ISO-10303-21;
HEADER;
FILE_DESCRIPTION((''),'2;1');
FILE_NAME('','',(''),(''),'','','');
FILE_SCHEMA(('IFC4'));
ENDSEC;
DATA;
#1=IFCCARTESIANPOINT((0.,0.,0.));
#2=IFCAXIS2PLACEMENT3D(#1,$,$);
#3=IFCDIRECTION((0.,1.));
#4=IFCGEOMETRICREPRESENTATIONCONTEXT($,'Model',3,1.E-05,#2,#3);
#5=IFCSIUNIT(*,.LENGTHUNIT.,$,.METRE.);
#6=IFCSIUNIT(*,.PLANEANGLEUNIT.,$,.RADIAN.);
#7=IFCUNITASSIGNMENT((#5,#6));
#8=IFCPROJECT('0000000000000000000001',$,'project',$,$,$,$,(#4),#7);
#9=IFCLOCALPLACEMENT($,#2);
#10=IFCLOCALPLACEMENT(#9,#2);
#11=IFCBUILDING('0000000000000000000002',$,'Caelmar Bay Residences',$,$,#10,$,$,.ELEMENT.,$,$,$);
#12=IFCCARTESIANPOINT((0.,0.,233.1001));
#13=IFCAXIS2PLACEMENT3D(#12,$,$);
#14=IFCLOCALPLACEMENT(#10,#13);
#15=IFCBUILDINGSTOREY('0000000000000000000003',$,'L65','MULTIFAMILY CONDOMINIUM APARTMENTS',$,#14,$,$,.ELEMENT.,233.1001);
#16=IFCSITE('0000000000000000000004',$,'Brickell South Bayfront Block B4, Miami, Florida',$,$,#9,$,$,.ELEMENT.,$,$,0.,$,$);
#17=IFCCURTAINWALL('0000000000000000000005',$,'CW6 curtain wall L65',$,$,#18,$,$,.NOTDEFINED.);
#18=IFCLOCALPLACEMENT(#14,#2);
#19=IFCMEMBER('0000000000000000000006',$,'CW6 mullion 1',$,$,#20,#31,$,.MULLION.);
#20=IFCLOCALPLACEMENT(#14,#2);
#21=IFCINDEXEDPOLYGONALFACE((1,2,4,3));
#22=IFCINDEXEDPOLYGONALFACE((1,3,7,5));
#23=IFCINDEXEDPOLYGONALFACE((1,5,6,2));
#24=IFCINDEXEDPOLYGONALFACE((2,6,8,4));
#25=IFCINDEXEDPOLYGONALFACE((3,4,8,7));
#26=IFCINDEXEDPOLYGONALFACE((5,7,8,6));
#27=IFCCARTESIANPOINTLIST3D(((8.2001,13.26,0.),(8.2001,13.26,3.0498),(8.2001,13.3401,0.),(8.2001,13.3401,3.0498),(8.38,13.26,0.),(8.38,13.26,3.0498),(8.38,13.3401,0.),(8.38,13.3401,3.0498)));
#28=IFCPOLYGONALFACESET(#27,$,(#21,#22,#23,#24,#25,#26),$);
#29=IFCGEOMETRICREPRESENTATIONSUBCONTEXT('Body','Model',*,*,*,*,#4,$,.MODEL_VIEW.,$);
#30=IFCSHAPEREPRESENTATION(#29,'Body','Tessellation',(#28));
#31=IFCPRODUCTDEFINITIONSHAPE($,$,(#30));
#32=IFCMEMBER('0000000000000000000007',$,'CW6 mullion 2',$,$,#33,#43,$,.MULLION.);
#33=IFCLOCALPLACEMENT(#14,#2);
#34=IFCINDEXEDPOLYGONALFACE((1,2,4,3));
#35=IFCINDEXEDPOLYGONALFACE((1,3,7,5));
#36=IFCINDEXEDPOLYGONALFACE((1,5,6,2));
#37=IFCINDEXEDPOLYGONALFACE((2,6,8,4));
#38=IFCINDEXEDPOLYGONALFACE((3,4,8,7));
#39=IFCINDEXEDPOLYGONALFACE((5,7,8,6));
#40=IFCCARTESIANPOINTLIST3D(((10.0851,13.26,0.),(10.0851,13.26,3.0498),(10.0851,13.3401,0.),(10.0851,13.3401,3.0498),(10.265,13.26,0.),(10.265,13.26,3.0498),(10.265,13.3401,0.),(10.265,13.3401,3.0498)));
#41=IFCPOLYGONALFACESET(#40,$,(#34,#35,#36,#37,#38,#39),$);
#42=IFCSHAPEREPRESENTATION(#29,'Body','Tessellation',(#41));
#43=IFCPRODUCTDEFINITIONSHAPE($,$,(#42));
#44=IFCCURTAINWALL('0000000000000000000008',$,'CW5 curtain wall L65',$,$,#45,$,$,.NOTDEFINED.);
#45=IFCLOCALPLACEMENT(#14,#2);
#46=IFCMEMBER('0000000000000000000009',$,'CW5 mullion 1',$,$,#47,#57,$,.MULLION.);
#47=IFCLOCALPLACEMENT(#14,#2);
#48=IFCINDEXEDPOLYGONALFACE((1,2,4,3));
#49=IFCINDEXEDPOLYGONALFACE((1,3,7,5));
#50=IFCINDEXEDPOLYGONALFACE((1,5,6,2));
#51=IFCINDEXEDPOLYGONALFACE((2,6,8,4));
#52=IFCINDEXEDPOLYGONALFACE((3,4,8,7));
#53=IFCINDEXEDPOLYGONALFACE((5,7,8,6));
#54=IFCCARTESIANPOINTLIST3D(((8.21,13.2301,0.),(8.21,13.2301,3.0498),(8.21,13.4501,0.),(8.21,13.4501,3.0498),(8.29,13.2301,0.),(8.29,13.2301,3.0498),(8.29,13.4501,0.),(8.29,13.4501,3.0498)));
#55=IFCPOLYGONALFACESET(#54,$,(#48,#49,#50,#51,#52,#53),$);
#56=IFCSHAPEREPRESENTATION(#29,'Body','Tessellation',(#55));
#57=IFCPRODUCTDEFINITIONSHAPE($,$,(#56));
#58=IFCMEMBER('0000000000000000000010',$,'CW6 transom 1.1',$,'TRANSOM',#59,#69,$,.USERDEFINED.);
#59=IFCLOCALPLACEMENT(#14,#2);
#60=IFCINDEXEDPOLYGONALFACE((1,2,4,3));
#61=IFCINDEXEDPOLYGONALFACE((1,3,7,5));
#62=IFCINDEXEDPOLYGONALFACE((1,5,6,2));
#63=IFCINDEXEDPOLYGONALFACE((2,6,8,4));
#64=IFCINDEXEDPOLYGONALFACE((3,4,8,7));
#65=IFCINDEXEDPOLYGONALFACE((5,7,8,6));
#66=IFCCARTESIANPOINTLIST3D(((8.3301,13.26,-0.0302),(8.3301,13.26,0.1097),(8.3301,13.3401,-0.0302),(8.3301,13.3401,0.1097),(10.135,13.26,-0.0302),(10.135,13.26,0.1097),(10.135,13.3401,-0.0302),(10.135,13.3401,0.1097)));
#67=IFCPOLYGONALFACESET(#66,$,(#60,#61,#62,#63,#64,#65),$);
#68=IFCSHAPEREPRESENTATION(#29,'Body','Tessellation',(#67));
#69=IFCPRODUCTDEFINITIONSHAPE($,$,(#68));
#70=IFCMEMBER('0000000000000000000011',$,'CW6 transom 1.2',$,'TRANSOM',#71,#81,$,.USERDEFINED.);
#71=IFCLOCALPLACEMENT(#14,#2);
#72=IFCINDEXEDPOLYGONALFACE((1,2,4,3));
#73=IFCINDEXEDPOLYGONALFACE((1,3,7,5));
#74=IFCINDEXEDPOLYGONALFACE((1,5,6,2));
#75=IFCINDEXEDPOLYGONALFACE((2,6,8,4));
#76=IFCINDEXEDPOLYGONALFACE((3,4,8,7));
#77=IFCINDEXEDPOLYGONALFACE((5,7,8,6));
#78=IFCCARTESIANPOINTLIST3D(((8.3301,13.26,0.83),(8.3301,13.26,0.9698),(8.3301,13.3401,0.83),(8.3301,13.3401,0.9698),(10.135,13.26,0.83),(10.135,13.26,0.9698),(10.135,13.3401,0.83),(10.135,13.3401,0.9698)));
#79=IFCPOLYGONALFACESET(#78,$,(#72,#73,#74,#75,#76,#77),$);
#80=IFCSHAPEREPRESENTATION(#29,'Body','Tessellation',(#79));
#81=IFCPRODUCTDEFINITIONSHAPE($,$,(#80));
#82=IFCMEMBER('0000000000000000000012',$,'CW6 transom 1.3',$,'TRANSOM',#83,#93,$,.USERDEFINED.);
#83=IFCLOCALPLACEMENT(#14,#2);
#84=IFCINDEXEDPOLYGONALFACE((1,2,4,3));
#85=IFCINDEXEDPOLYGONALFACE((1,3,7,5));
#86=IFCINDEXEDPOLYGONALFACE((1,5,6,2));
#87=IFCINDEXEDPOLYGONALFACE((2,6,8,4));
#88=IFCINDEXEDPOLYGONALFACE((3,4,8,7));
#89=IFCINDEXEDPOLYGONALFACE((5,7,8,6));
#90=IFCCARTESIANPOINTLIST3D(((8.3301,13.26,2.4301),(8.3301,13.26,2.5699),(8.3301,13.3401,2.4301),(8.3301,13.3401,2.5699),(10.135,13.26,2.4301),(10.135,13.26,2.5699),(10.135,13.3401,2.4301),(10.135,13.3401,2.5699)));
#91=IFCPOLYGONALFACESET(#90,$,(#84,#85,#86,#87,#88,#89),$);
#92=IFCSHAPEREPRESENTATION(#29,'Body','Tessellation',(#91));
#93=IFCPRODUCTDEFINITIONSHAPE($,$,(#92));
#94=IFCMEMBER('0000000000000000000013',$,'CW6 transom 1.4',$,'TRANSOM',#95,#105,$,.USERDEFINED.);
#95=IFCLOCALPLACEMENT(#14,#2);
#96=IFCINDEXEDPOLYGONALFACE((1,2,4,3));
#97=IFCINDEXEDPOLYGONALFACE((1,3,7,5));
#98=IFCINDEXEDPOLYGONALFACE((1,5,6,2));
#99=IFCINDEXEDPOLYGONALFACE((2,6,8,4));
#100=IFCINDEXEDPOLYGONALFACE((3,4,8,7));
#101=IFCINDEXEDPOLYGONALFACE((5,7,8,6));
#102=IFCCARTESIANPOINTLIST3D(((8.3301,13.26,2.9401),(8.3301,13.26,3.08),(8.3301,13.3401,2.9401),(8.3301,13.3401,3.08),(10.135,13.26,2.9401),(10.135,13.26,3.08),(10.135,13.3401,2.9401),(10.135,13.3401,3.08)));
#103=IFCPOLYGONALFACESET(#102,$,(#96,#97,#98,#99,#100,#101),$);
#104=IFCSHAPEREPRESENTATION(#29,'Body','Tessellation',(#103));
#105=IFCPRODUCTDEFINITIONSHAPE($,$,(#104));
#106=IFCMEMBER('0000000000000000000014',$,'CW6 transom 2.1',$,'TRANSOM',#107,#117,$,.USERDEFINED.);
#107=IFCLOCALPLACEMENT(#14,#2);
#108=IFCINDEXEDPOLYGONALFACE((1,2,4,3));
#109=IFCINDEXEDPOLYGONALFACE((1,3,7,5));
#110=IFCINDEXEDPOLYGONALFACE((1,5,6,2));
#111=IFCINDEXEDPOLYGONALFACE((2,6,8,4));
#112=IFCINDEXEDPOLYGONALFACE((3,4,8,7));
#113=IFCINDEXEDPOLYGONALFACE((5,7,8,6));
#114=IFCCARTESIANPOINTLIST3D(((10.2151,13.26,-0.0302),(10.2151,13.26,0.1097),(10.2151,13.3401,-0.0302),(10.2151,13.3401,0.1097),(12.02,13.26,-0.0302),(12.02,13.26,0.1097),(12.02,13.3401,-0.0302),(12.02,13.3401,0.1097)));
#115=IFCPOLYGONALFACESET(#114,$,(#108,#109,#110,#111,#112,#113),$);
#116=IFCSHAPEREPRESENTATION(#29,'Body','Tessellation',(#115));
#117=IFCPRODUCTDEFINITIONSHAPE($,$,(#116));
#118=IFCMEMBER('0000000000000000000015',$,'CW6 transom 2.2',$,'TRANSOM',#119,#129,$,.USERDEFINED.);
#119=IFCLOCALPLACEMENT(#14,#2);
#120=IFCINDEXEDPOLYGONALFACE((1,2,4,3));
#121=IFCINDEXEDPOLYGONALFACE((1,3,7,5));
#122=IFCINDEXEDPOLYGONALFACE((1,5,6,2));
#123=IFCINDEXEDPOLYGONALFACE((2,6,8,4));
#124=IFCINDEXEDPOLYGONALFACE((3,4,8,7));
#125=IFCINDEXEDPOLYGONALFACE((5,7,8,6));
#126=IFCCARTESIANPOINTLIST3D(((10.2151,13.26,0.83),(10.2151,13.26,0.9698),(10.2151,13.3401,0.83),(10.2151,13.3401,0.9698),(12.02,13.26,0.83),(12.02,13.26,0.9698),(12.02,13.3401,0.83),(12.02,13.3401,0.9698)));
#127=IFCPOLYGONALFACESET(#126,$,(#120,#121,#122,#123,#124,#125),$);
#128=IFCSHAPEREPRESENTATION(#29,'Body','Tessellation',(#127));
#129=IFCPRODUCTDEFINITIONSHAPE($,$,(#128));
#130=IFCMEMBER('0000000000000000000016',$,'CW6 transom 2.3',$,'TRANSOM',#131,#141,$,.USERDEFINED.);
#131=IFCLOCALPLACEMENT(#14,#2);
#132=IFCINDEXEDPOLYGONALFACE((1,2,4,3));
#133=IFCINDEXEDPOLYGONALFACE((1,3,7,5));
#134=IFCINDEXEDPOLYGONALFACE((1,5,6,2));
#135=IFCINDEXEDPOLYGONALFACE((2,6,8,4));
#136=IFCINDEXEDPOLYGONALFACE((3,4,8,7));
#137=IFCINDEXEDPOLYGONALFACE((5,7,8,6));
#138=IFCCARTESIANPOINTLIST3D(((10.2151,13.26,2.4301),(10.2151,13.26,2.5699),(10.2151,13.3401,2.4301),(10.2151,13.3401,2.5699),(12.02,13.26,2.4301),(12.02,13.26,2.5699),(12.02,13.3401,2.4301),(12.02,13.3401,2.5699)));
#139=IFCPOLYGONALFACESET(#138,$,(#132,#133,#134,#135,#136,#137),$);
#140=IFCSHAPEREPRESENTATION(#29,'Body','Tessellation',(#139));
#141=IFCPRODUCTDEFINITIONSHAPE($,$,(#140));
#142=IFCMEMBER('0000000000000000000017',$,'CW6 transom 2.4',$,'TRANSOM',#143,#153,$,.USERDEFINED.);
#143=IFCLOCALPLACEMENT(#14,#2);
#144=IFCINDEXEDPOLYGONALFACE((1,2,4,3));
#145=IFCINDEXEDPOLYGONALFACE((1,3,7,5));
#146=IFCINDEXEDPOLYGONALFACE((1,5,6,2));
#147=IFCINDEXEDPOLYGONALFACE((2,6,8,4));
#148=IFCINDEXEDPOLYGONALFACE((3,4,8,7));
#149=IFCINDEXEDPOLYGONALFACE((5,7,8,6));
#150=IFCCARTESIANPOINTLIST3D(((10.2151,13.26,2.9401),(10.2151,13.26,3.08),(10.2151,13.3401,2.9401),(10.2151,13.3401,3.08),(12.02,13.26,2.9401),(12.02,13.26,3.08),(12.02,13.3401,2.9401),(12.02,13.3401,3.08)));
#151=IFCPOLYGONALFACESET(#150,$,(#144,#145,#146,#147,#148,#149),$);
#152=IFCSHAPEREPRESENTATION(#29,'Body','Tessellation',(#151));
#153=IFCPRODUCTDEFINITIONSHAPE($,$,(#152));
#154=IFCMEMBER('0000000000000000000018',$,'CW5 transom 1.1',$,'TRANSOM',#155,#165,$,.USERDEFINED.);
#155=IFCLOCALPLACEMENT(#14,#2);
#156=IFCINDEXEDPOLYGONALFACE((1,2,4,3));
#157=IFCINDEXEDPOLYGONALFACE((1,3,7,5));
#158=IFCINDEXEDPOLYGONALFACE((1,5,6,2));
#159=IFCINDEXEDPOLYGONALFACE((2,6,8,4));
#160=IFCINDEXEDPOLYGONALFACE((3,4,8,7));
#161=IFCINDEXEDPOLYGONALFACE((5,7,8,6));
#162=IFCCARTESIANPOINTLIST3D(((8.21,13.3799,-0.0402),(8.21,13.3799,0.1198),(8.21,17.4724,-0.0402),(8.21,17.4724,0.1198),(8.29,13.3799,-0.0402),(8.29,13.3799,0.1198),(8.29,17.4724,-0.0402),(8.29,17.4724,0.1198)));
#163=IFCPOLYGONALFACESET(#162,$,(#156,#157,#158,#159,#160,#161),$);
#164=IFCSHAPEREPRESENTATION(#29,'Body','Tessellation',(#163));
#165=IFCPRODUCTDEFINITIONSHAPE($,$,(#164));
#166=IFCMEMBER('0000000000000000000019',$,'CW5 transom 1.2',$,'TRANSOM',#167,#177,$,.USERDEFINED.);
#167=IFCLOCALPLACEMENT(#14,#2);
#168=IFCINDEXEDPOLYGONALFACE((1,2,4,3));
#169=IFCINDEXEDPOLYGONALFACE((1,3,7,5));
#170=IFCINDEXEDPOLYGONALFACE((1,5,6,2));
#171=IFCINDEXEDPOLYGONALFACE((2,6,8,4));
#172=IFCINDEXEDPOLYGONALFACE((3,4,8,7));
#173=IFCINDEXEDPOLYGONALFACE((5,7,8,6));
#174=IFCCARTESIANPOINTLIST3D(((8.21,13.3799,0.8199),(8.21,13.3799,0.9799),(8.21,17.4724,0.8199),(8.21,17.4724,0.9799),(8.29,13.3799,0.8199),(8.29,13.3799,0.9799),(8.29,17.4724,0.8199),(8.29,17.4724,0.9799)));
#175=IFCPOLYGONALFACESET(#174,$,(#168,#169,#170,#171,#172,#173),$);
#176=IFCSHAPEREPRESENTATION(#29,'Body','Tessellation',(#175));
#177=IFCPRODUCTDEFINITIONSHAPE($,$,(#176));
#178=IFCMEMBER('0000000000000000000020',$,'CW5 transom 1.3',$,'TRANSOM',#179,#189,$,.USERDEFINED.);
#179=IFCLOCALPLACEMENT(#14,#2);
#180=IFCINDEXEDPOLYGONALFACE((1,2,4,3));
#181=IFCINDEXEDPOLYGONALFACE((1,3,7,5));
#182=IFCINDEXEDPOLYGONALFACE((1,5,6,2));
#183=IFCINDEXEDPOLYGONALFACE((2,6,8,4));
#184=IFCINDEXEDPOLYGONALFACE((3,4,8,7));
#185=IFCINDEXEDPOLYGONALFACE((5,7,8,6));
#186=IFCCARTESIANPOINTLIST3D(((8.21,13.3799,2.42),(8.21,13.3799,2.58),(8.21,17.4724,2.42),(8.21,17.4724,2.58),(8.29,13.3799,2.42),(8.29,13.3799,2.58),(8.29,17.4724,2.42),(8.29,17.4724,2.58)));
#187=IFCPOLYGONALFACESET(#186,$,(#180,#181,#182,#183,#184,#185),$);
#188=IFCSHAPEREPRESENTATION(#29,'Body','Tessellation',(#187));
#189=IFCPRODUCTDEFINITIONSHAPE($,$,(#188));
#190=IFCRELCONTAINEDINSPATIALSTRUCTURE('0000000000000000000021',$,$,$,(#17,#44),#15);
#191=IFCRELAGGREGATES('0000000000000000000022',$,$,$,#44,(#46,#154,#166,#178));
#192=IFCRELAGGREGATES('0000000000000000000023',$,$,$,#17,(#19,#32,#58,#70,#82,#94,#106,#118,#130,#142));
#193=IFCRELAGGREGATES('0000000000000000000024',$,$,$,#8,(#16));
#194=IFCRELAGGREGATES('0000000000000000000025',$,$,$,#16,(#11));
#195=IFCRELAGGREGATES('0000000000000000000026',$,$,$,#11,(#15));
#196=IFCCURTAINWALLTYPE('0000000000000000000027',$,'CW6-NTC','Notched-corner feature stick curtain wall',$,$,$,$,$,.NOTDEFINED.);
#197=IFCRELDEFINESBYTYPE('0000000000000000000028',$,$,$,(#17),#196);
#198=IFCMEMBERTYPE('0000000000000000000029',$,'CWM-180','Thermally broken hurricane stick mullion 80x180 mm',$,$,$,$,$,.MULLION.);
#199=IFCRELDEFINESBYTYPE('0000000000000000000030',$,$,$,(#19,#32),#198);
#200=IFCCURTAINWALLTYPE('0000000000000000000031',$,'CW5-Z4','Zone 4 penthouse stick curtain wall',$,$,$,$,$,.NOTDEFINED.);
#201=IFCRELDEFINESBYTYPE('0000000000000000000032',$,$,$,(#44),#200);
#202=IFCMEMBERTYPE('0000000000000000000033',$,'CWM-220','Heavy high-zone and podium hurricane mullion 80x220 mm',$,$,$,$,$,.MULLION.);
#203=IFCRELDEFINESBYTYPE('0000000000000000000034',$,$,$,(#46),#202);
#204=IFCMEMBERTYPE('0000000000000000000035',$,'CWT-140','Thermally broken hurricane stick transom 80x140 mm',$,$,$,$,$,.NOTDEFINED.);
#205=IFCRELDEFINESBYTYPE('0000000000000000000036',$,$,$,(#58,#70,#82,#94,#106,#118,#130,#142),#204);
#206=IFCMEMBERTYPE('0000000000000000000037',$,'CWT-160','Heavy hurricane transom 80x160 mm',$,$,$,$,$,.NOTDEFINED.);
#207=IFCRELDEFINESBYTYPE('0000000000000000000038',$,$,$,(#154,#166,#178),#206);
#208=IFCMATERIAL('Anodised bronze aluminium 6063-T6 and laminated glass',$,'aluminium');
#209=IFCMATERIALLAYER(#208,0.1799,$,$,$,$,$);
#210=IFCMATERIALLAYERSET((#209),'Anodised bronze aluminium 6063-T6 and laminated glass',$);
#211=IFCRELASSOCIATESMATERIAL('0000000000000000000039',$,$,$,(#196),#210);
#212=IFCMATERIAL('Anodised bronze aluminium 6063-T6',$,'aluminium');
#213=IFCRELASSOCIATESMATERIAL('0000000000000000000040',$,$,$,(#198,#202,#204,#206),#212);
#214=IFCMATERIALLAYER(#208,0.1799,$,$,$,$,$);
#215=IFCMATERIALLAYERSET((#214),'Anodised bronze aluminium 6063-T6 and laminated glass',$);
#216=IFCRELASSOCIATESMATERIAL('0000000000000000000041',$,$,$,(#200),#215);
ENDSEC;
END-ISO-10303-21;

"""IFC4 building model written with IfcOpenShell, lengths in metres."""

from ifc_helpers import new_model, si_unit, direction, frame, origin, origin_2d, place, context, subcontext, project, spatial, rectangle, extrude, material, layer, layer_set, material_profile, profile_set, type_object, element, aggregate, save


model = new_model("IFC4")

# Units and contexts
model_context = context("Model", 3, precision=1e-05, world=origin(), true_north=direction((0.0, 1.0)))
body_context = subcontext(model_context, "Body", "Model", "MODEL_VIEW")
ifc_project = project(units=[si_unit("LENGTHUNIT", "METRE"), si_unit("PLANEANGLEUNIT", "RADIAN")], contexts=[model_context])

# Site, building, storey
site_placement = place(None, origin())
site = spatial("IfcSite", under=ifc_project, at=site_placement, Name="Brickell South Bayfront Block B4, Miami, Florida", CompositionType="ELEMENT", RefElevation=0.0)
building_placement = place(site_placement, origin())
building = spatial("IfcBuilding", under=site, at=building_placement, Name="Caelmar Bay Residences", CompositionType="ELEMENT")
storey_placement = place(building_placement, frame((0.0, 0.0, 233.1001)))
storey = spatial("IfcBuildingStorey", under=building, at=storey_placement, Name="L65", Description="MULTIFAMILY CONDOMINIUM APARTMENTS", CompositionType="ELEMENT", Elevation=233.1001)

# Curtain wall, members
ifc_material_1 = material(Name="Anodised bronze aluminium 6063-T6 and laminated glass", Category="aluminium")
ifc_layer_1 = layer(ifc_material_1, 0.1799)
ifc_layer_set_1 = layer_set([ifc_layer_1], Name="Anodised bronze aluminium 6063-T6 and laminated glass")
curtain_wall_type_1 = type_object("IfcCurtainWallType", Name="CW6-NTC", Description="Notched-corner feature stick curtain wall", PredefinedType="NOTDEFINED", material=ifc_layer_set_1)
curtain_wall_1_placement = place(storey_placement, origin())
curtain_wall_1 = element("IfcCurtainWall", 1, at=curtain_wall_1_placement, inside=storey, type_object=curtain_wall_type_1, Name="CW6 curtain wall L65", PredefinedType="NOTDEFINED")
ifc_material_2 = material(Name="Anodised bronze aluminium 6063-T6", Category="aluminium")
ifc_material_profile_1 = material_profile(ifc_material_2, rectangle(XDim=0.0801, YDim=0.1799, at=origin_2d()), Name="CWM-80X180")
ifc_profile_set_1 = profile_set([ifc_material_profile_1], Name="Anodised bronze aluminium 6063-T6")
member_type_1 = type_object("IfcMemberType", Name="CWM-180", Description="Thermally broken hurricane stick mullion 80x180 mm", PredefinedType="MULLION", material=ifc_profile_set_1)
member_1_placement = place(storey_placement, frame((8.29, 13.3, 0.0), z_axis=(0.0, 0.0, 1.0), x_axis=(0.0, 1.0, 0.0)))
member_1 = element("IfcMember", 2, at=member_1_placement, type_object=member_type_1, Name="CW6 mullion 1", PredefinedType="MULLION", context=body_context, shape_type="SweptSolid", body=[
    extrude(rectangle(XDim=0.0801, YDim=0.1799, at=origin_2d()), origin(), (0.0, 0.0, 1.0), 3.0498),
])
member_2_placement = place(storey_placement, frame((10.175, 13.3, 0.0), z_axis=(0.0, 0.0, 1.0), x_axis=(0.0, 1.0, 0.0)))
member_2 = element("IfcMember", 3, at=member_2_placement, type_object=member_type_1, Name="CW6 mullion 2", PredefinedType="MULLION", context=body_context, shape_type="SweptSolid", body=[
    extrude(rectangle(XDim=0.0801, YDim=0.1799, at=origin_2d()), origin(), (0.0, 0.0, 1.0), 3.0498),
])

# Curtain wall, member
ifc_layer_2 = layer(ifc_material_1, 0.1799)
ifc_layer_set_2 = layer_set([ifc_layer_2], Name="Anodised bronze aluminium 6063-T6 and laminated glass")
curtain_wall_type_2 = type_object("IfcCurtainWallType", Name="CW5-Z4", Description="Zone 4 penthouse stick curtain wall", PredefinedType="NOTDEFINED", material=ifc_layer_set_2)
curtain_wall_2_placement = place(storey_placement, origin())
curtain_wall_2 = element("IfcCurtainWall", 4, at=curtain_wall_2_placement, inside=storey, type_object=curtain_wall_type_2, Name="CW5 curtain wall L65", PredefinedType="NOTDEFINED")
ifc_material_profile_2 = material_profile(ifc_material_2, rectangle(XDim=0.0801, YDim=0.22, at=origin_2d()), Name="CWM-80X220")
ifc_profile_set_2 = profile_set([ifc_material_profile_2], Name="Anodised bronze aluminium 6063-T6")
member_type_2 = type_object("IfcMemberType", Name="CWM-220", Description="Heavy high-zone and podium hurricane mullion 80x220 mm", PredefinedType="MULLION", material=ifc_profile_set_2)
member_3_placement = place(storey_placement, frame((8.25, 13.3401, 0.0), z_axis=(0.0, 0.0, 1.0), x_axis=(-1.0, 0.0, 0.0)))
member_3 = element("IfcMember", 5, at=member_3_placement, type_object=member_type_2, Name="CW5 mullion 1", PredefinedType="MULLION", context=body_context, shape_type="SweptSolid", body=[
    extrude(rectangle(XDim=0.0801, YDim=0.22, at=origin_2d()), origin(), (0.0, 0.0, 1.0), 3.0498),
])

# Members
ifc_material_profile_3 = material_profile(ifc_material_2, rectangle(XDim=0.0801, YDim=0.1399, at=origin_2d()), Name="CWT-80X140")
ifc_profile_set_3 = profile_set([ifc_material_profile_3], Name="Anodised bronze aluminium 6063-T6")
member_type_3 = type_object("IfcMemberType", Name="CWT-140", Description="Thermally broken hurricane stick transom 80x140 mm", PredefinedType="NOTDEFINED", material=ifc_profile_set_3)
member_4_placement = place(storey_placement, frame((8.3301, 13.3, 0.0398), z_axis=(1.0, 0.0, 0.0), x_axis=(0.0, 1.0, 0.0)))
member_4 = element("IfcMember", 6, at=member_4_placement, type_object=member_type_3, Name="CW6 transom 1.1", ObjectType="TRANSOM", PredefinedType="USERDEFINED", context=body_context, shape_type="SweptSolid", body=[
    extrude(rectangle(XDim=0.0801, YDim=0.1399, at=origin_2d()), origin(), (0.0, 0.0, 1.0), 1.8049),
])
member_5_placement = place(storey_placement, frame((8.3301, 13.3, 0.8999), z_axis=(1.0, 0.0, 0.0), x_axis=(0.0, 1.0, 0.0)))
member_5 = element("IfcMember", 7, at=member_5_placement, type_object=member_type_3, Name="CW6 transom 1.2", ObjectType="TRANSOM", PredefinedType="USERDEFINED", context=body_context, shape_type="SweptSolid", body=[
    extrude(rectangle(XDim=0.0801, YDim=0.1399, at=origin_2d()), origin(), (0.0, 0.0, 1.0), 1.8049),
])
member_6_placement = place(storey_placement, frame((8.3301, 13.3, 2.5), z_axis=(1.0, 0.0, 0.0), x_axis=(0.0, 1.0, 0.0)))
member_6 = element("IfcMember", 8, at=member_6_placement, type_object=member_type_3, Name="CW6 transom 1.3", ObjectType="TRANSOM", PredefinedType="USERDEFINED", context=body_context, shape_type="SweptSolid", body=[
    extrude(rectangle(XDim=0.0801, YDim=0.1399, at=origin_2d()), origin(), (0.0, 0.0, 1.0), 1.8049),
])
member_7_placement = place(storey_placement, frame((8.3301, 13.3, 3.01), z_axis=(1.0, 0.0, 0.0), x_axis=(0.0, 1.0, 0.0)))
member_7 = element("IfcMember", 9, at=member_7_placement, type_object=member_type_3, Name="CW6 transom 1.4", ObjectType="TRANSOM", PredefinedType="USERDEFINED", context=body_context, shape_type="SweptSolid", body=[
    extrude(rectangle(XDim=0.0801, YDim=0.1399, at=origin_2d()), origin(), (0.0, 0.0, 1.0), 1.8049),
])
member_8_placement = place(storey_placement, frame((10.2151, 13.3, 0.0398), z_axis=(1.0, 0.0, 0.0), x_axis=(0.0, 1.0, 0.0)))
member_8 = element("IfcMember", 10, at=member_8_placement, type_object=member_type_3, Name="CW6 transom 2.1", ObjectType="TRANSOM", PredefinedType="USERDEFINED", context=body_context, shape_type="SweptSolid", body=[
    extrude(rectangle(XDim=0.0801, YDim=0.1399, at=origin_2d()), origin(), (0.0, 0.0, 1.0), 1.8049),
])
member_9_placement = place(storey_placement, frame((10.2151, 13.3, 0.8999), z_axis=(1.0, 0.0, 0.0), x_axis=(0.0, 1.0, 0.0)))
member_9 = element("IfcMember", 11, at=member_9_placement, type_object=member_type_3, Name="CW6 transom 2.2", ObjectType="TRANSOM", PredefinedType="USERDEFINED", context=body_context, shape_type="SweptSolid", body=[
    extrude(rectangle(XDim=0.0801, YDim=0.1399, at=origin_2d()), origin(), (0.0, 0.0, 1.0), 1.8049),
])
member_10_placement = place(storey_placement, frame((10.2151, 13.3, 2.5), z_axis=(1.0, 0.0, 0.0), x_axis=(0.0, 1.0, 0.0)))
member_10 = element("IfcMember", 12, at=member_10_placement, type_object=member_type_3, Name="CW6 transom 2.3", ObjectType="TRANSOM", PredefinedType="USERDEFINED", context=body_context, shape_type="SweptSolid", body=[
    extrude(rectangle(XDim=0.0801, YDim=0.1399, at=origin_2d()), origin(), (0.0, 0.0, 1.0), 1.8049),
])
member_11_placement = place(storey_placement, frame((10.2151, 13.3, 3.01), z_axis=(1.0, 0.0, 0.0), x_axis=(0.0, 1.0, 0.0)))
member_11 = element("IfcMember", 13, at=member_11_placement, type_object=member_type_3, Name="CW6 transom 2.4", ObjectType="TRANSOM", PredefinedType="USERDEFINED", context=body_context, shape_type="SweptSolid", body=[
    extrude(rectangle(XDim=0.0801, YDim=0.1399, at=origin_2d()), origin(), (0.0, 0.0, 1.0), 1.8049),
])
ifc_material_profile_4 = material_profile(ifc_material_2, rectangle(XDim=0.0801, YDim=0.1599, at=origin_2d()), Name="CWT-80X160")
ifc_profile_set_4 = profile_set([ifc_material_profile_4], Name="Anodised bronze aluminium 6063-T6")
member_type_4 = type_object("IfcMemberType", Name="CWT-160", Description="Heavy hurricane transom 80x160 mm", PredefinedType="NOTDEFINED", material=ifc_profile_set_4)
member_12_placement = place(storey_placement, frame((8.25, 13.3799, 0.0398), z_axis=(0.0, 1.0, 0.0), x_axis=(-1.0, 0.0, 0.0)))
member_12 = element("IfcMember", 14, at=member_12_placement, type_object=member_type_4, Name="CW5 transom 1.1", ObjectType="TRANSOM", PredefinedType="USERDEFINED", context=body_context, shape_type="SweptSolid", body=[
    extrude(rectangle(XDim=0.0801, YDim=0.1599, at=origin_2d()), origin(), (0.0, 0.0, 1.0), 4.0925),
])
member_13_placement = place(storey_placement, frame((8.25, 13.3799, 0.8999), z_axis=(0.0, 1.0, 0.0), x_axis=(-1.0, 0.0, 0.0)))
member_13 = element("IfcMember", 15, at=member_13_placement, type_object=member_type_4, Name="CW5 transom 1.2", ObjectType="TRANSOM", PredefinedType="USERDEFINED", context=body_context, shape_type="SweptSolid", body=[
    extrude(rectangle(XDim=0.0801, YDim=0.1599, at=origin_2d()), origin(), (0.0, 0.0, 1.0), 4.0925),
])
member_14_placement = place(storey_placement, frame((8.25, 13.3799, 2.5), z_axis=(0.0, 1.0, 0.0), x_axis=(-1.0, 0.0, 0.0)))
member_14 = element("IfcMember", 16, at=member_14_placement, type_object=member_type_4, Name="CW5 transom 1.3", ObjectType="TRANSOM", PredefinedType="USERDEFINED", context=body_context, shape_type="SweptSolid", body=[
    extrude(rectangle(XDim=0.0801, YDim=0.1599, at=origin_2d()), origin(), (0.0, 0.0, 1.0), 4.0925),
])
aggregate(curtain_wall_2, [member_3, member_12, member_13, member_14])

aggregate(curtain_wall_1, [member_1, member_2, member_4, member_5, member_6, member_7, member_8, member_9, member_10, member_11])

save(model, "model.ifc")
